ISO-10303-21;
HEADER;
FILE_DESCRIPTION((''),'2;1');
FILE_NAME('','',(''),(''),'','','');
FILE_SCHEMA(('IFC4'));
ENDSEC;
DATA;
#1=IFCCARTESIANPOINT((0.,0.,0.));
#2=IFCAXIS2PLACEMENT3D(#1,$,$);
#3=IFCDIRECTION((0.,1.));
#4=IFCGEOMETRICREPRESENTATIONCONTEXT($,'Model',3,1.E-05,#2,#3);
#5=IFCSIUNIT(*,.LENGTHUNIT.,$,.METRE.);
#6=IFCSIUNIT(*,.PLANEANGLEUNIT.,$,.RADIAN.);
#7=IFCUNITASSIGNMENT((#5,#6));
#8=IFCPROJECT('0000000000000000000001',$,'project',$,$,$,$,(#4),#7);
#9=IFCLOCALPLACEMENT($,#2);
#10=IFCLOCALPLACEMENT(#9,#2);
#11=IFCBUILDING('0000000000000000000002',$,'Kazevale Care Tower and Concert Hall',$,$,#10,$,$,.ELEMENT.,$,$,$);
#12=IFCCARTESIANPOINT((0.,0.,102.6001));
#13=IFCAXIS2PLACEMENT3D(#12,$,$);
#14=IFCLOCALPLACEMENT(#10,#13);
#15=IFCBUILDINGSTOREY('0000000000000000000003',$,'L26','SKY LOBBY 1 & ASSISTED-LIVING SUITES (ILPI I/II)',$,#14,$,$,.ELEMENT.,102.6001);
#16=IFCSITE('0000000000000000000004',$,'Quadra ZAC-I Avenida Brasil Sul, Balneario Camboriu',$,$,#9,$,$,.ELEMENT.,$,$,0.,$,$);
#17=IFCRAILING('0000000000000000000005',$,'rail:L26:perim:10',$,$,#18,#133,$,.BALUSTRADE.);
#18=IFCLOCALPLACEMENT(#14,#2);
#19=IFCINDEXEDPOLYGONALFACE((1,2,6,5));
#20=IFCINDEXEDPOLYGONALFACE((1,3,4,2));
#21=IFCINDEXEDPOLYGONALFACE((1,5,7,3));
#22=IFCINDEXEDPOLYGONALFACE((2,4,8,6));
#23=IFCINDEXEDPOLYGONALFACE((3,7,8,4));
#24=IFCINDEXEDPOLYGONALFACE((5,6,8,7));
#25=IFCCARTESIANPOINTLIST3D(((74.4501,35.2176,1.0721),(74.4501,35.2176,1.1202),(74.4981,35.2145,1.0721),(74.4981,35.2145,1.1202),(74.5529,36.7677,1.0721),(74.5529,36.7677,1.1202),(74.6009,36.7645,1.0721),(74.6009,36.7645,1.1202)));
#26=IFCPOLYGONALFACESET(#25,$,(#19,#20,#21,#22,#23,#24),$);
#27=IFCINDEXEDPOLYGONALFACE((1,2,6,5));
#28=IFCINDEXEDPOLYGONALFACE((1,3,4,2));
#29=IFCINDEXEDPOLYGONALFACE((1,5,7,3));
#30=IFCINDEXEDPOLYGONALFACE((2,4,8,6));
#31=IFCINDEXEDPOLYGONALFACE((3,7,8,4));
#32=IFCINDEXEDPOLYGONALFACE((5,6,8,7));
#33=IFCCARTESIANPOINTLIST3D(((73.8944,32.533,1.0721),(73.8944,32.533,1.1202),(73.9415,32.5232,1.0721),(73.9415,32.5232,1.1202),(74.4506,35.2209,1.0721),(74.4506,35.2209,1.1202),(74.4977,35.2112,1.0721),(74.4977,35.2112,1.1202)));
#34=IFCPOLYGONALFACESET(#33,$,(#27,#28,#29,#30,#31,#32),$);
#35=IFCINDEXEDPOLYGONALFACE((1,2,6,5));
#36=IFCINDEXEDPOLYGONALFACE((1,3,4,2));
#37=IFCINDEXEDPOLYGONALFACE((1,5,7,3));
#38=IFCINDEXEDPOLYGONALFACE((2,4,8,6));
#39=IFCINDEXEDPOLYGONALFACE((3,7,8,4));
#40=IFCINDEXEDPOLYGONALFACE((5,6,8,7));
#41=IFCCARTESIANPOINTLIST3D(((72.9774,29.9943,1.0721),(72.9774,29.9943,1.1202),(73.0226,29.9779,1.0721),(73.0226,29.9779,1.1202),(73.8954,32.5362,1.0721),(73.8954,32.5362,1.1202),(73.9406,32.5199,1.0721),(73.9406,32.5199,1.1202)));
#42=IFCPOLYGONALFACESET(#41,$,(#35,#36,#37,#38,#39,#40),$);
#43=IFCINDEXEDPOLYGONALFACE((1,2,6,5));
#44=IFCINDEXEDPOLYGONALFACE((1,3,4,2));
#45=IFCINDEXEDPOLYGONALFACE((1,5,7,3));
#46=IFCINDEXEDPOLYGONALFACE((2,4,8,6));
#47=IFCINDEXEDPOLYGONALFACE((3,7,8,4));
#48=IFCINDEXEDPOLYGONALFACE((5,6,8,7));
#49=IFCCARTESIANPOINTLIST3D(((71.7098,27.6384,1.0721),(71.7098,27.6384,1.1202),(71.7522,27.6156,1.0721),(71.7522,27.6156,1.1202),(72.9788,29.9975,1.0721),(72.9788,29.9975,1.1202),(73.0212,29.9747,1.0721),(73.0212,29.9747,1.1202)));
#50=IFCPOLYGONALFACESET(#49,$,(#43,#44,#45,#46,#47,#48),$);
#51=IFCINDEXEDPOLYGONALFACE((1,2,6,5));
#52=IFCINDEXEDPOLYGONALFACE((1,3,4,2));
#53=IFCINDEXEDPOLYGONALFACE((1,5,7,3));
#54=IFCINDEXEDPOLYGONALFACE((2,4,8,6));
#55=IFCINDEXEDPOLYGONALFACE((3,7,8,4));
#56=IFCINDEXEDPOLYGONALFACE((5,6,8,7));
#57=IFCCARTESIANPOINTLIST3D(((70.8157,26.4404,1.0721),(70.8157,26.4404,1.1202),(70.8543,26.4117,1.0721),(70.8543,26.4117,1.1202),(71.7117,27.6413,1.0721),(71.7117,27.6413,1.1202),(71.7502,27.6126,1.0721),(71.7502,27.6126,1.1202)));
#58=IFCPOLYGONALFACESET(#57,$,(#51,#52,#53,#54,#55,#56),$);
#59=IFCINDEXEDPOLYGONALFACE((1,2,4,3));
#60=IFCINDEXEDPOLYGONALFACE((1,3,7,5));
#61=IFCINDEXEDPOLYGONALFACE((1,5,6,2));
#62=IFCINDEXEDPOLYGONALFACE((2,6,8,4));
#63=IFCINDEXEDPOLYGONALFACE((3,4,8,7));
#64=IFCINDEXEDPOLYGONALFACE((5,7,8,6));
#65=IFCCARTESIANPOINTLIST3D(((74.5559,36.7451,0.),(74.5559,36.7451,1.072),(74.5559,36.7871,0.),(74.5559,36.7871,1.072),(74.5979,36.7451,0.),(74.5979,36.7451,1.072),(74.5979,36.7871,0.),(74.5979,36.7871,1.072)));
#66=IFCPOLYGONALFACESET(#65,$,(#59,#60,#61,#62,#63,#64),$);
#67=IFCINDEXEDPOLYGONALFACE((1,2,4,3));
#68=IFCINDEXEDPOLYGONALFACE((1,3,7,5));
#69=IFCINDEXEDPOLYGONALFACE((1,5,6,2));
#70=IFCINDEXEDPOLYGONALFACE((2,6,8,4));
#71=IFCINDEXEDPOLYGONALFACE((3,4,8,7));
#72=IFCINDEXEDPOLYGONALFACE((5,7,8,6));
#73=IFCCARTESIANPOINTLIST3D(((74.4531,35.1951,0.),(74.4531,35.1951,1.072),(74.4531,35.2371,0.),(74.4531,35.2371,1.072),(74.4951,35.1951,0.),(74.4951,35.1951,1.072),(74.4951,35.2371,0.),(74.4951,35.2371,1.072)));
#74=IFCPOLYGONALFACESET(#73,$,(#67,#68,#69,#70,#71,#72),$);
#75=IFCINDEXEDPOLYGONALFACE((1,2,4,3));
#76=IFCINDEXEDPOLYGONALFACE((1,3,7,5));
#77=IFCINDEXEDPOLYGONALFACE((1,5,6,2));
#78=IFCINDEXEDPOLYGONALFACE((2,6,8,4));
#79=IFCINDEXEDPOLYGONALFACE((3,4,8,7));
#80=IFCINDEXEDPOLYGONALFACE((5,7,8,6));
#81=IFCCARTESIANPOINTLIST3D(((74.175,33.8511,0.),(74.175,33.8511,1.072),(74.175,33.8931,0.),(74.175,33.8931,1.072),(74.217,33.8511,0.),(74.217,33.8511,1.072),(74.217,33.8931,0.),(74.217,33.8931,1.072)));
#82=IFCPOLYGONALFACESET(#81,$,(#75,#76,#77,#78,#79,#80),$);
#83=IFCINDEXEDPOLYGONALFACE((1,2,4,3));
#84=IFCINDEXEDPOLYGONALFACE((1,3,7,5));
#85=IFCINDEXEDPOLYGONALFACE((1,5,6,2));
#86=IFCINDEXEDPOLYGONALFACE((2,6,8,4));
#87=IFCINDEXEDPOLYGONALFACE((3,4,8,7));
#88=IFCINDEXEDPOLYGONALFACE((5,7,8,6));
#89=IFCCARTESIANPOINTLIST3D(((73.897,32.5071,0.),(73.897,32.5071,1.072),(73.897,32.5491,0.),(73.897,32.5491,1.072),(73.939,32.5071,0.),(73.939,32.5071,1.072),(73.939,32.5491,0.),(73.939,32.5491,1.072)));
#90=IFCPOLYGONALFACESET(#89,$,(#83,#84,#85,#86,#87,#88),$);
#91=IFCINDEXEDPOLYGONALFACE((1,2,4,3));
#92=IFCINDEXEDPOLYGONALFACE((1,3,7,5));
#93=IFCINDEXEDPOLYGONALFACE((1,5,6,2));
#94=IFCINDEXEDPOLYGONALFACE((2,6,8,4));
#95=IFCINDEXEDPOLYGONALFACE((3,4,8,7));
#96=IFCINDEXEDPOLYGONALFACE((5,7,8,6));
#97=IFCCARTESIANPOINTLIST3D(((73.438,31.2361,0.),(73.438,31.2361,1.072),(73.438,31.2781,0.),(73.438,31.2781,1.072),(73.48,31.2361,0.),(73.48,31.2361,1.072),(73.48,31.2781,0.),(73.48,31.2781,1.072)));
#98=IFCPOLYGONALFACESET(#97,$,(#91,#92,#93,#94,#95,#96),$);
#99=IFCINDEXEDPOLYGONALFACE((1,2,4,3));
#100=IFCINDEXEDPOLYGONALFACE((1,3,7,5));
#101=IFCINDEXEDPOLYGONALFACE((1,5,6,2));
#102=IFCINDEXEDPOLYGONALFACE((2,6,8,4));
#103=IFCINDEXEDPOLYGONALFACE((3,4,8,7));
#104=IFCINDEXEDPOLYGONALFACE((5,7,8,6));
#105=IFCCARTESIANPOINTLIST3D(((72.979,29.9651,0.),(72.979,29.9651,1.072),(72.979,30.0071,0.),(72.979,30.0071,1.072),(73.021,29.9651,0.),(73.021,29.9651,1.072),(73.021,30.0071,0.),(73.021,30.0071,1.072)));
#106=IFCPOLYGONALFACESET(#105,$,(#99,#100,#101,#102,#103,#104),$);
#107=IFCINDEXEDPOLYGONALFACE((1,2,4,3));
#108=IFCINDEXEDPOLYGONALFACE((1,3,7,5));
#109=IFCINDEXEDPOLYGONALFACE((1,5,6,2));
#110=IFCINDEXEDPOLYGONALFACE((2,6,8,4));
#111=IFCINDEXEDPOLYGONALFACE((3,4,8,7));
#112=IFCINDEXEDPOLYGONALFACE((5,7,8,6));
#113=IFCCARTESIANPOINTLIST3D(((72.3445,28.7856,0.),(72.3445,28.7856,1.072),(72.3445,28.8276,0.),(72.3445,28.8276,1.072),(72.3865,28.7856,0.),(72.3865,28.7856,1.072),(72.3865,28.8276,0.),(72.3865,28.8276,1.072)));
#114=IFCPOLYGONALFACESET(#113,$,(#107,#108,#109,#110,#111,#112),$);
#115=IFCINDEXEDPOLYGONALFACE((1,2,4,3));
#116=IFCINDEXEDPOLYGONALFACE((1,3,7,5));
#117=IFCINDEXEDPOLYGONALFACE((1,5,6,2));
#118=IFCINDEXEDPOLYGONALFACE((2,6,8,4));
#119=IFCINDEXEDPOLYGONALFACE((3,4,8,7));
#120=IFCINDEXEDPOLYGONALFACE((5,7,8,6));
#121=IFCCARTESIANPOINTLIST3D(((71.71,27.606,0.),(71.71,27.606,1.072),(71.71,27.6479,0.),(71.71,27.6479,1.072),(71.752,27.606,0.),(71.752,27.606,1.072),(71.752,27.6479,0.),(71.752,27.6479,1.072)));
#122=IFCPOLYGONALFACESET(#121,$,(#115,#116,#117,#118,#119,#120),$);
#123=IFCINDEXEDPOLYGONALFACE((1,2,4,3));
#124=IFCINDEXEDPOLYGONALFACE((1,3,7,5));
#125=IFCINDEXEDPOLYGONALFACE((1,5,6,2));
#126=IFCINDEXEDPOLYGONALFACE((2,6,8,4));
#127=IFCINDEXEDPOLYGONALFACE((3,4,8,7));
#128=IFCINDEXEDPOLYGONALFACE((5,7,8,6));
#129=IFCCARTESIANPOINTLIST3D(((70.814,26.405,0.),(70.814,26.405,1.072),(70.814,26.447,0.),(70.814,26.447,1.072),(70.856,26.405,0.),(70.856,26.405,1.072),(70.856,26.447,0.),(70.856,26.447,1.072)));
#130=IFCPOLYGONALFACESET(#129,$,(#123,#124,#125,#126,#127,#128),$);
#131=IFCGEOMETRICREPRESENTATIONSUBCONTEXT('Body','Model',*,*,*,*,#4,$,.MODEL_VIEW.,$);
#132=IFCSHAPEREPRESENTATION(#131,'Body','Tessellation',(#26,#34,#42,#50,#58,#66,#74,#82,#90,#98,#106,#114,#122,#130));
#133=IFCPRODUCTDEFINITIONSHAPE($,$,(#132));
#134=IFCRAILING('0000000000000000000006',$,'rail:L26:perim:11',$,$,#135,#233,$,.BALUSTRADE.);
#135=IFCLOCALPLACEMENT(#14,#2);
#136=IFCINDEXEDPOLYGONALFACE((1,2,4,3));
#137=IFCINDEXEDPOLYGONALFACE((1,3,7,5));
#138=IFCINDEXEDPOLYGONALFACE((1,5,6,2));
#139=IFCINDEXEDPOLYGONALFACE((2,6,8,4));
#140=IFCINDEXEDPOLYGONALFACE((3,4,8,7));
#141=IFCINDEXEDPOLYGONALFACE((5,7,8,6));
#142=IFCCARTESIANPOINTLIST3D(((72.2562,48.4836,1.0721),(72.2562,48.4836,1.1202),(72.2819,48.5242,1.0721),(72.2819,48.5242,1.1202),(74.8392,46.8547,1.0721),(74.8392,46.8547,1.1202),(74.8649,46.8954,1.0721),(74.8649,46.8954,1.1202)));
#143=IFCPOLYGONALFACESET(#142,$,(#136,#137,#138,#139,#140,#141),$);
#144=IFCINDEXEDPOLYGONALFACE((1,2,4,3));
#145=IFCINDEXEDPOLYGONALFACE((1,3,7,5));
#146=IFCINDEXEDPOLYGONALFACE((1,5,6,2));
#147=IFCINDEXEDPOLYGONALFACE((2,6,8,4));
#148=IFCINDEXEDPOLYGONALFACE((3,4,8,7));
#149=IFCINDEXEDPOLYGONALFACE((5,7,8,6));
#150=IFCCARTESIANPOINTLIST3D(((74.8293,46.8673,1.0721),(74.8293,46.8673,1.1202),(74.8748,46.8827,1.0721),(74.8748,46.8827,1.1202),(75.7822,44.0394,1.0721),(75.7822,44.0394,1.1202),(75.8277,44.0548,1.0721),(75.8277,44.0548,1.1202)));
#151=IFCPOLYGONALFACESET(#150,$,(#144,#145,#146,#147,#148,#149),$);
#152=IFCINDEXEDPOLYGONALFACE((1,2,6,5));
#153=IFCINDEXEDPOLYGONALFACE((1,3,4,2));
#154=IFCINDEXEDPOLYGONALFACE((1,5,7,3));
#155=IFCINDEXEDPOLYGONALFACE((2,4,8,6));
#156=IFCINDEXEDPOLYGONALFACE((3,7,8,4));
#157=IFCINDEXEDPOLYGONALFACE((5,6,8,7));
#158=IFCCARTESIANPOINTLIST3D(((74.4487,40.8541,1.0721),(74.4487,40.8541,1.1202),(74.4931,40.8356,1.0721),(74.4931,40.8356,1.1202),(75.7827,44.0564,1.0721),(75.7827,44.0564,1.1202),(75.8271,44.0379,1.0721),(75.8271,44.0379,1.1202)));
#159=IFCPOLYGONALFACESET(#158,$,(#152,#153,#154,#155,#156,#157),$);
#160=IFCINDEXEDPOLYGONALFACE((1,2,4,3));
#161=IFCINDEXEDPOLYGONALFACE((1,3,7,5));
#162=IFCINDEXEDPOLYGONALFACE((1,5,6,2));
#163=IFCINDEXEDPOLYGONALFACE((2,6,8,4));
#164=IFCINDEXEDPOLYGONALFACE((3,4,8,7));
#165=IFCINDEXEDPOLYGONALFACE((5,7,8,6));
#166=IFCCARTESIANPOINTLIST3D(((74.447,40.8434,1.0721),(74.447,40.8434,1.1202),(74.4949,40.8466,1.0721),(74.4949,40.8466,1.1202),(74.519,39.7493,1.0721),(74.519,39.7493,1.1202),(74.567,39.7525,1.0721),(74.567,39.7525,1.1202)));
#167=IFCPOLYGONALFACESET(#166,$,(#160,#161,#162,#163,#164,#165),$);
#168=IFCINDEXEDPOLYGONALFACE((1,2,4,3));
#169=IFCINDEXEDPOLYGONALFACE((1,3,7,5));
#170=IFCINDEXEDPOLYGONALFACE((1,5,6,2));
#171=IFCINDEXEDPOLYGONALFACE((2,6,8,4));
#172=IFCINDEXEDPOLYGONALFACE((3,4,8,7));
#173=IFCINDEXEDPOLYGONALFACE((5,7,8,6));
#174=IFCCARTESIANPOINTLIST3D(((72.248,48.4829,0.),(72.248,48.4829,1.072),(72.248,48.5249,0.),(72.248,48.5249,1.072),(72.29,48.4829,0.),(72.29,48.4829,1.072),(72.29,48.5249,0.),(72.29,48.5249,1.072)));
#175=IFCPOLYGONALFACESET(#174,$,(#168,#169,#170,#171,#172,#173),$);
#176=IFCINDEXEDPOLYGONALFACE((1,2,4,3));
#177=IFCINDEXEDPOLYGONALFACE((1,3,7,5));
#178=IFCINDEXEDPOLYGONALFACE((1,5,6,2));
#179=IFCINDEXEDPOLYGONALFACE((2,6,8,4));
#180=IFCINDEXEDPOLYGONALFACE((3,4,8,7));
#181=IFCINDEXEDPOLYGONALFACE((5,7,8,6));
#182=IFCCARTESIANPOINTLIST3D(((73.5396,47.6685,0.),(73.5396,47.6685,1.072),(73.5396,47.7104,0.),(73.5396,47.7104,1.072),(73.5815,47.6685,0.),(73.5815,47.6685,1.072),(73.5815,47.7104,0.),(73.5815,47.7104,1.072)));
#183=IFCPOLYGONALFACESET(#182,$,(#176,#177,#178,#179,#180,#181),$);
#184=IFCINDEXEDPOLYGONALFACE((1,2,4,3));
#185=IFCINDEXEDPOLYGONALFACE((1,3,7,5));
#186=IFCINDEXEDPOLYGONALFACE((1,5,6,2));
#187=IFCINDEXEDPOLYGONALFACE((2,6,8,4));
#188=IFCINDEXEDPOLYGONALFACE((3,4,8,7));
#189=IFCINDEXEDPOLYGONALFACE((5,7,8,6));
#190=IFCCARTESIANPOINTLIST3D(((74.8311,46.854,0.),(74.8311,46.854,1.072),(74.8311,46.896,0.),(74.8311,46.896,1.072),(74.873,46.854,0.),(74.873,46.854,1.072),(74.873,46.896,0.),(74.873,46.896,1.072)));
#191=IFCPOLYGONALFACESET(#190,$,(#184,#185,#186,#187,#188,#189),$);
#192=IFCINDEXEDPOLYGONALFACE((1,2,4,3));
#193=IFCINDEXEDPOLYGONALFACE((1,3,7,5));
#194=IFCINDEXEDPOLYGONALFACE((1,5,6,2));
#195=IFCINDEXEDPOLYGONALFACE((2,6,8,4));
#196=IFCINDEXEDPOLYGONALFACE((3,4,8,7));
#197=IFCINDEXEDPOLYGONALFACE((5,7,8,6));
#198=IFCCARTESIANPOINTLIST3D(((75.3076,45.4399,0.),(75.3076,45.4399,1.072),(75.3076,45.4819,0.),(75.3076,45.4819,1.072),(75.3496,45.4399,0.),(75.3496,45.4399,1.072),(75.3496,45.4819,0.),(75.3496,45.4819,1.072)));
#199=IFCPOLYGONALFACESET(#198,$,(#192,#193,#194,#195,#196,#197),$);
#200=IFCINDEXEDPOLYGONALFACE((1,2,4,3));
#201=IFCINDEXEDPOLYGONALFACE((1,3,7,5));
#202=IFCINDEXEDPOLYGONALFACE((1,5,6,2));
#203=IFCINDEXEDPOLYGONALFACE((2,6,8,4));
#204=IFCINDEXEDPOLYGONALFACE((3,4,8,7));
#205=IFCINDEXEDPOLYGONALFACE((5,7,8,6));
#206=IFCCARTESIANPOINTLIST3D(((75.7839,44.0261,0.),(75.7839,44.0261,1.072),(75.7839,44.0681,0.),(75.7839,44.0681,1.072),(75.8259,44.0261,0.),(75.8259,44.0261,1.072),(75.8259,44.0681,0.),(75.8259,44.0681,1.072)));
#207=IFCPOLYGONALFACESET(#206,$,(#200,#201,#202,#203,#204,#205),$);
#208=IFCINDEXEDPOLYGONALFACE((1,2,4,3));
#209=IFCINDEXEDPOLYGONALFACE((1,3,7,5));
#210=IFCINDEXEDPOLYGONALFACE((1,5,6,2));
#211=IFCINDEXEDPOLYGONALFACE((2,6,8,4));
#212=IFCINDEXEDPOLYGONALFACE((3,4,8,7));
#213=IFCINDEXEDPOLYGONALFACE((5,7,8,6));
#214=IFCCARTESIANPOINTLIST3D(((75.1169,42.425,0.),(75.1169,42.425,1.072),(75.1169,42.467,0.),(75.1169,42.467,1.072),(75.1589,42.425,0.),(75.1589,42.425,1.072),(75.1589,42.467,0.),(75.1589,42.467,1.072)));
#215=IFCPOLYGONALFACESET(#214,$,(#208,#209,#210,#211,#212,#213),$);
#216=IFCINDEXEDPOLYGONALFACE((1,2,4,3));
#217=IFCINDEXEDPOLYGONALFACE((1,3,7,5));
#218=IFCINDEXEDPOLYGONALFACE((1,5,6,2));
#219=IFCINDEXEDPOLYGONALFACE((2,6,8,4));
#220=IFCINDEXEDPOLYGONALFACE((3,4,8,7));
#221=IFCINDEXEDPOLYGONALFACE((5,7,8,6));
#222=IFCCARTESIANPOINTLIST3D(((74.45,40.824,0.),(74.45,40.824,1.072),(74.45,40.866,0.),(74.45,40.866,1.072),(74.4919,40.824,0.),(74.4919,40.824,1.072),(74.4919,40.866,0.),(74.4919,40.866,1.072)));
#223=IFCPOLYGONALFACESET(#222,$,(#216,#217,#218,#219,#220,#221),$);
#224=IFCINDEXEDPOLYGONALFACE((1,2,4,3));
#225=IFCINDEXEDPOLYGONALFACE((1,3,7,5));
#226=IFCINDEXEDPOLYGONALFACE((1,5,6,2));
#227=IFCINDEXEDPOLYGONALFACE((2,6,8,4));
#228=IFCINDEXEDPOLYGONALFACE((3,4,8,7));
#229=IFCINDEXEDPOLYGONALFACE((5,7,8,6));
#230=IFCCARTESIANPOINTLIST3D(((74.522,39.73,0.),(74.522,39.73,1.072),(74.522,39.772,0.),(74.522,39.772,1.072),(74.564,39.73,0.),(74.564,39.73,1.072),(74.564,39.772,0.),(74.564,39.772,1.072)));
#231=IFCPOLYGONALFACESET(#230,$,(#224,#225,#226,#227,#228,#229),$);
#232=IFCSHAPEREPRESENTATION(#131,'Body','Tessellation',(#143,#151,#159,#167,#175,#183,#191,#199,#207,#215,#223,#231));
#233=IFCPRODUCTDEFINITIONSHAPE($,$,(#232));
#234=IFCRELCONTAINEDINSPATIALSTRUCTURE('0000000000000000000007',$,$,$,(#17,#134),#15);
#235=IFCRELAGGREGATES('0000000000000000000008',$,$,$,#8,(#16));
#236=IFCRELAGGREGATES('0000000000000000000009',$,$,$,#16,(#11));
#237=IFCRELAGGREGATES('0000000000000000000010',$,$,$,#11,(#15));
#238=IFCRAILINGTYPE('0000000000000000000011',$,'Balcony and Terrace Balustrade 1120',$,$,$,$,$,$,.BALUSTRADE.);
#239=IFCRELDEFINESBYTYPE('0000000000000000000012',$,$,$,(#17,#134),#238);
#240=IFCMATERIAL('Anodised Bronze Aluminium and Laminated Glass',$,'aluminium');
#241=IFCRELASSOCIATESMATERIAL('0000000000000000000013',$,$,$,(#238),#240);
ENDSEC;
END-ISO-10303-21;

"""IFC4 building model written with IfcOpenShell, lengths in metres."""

from ifc_helpers import new_model, si_unit, direction, frame, origin, origin_2d, place, context, subcontext, project, spatial, rectangle, extrude, material, type_object, element, save


model = new_model("IFC4")

# Units and contexts
model_context = context("Model", 3, precision=1e-05, world=origin(), true_north=direction((0.0, 1.0)))
body_context = subcontext(model_context, "Body", "Model", "MODEL_VIEW")
ifc_project = project(units=[si_unit("LENGTHUNIT", "METRE"), si_unit("PLANEANGLEUNIT", "RADIAN")], contexts=[model_context])

# Site, building, storey
site_placement = place(None, origin())
site = spatial("IfcSite", under=ifc_project, at=site_placement, Name="Quadra ZAC-I Avenida Brasil Sul, Balneario Camboriu", CompositionType="ELEMENT", RefElevation=0.0)
building_placement = place(site_placement, origin())
building = spatial("IfcBuilding", under=site, at=building_placement, Name="Kazevale Care Tower and Concert Hall", CompositionType="ELEMENT")
storey_placement = place(building_placement, frame((0.0, 0.0, 102.6001)))
storey = spatial("IfcBuildingStorey", under=building, at=storey_placement, Name="L26", Description="SKY LOBBY 1 & ASSISTED-LIVING SUITES (ILPI I/II)", CompositionType="ELEMENT", Elevation=102.6001)

# Railings
ifc_material_1 = material(Name="Anodised Bronze Aluminium and Laminated Glass", Category="aluminium")
railing_type = type_object("IfcRailingType", Name="Balcony and Terrace Balustrade 1120", PredefinedType="BALUSTRADE", material=ifc_material_1)
railing_1_placement = place(storey_placement, frame((74.5769, 36.7661, 0.0)))
element("IfcRailing", 1, at=railing_1_placement, inside=storey, type_object=railing_type, Name="rail:L26:perim:10", PredefinedType="BALUSTRADE", context=body_context, shape_type="SweptSolid", body=[
    extrude(rectangle(XDim=0.0481, YDim=0.0481, at=origin_2d()), frame((0.0, 0.0, 1.0962), z_axis=(-0.066164, -0.997809, 0.0), x_axis=(0.997809, -0.066164, 0.0)), (0.0, 0.0, 1.0), 1.5535),
    extrude(rectangle(XDim=0.0481, YDim=0.0481, at=origin_2d()), frame((-0.1028, -1.55, 1.0962), z_axis=(-0.202611, -0.979259, 0.0), x_axis=(0.979259, -0.202611, 0.0)), (0.0, 0.0, 1.0), 2.7449),
    extrude(rectangle(XDim=0.0481, YDim=0.0481, at=origin_2d()), frame((-0.6589, -4.238, 1.0962), z_axis=(-0.339653, -0.940551, 0.0), x_axis=(0.940551, -0.339653, 0.0)), (0.0, 0.0, 1.0), 2.7026),
    extrude(rectangle(XDim=0.0481, YDim=0.0481, at=origin_2d()), frame((-1.5769, -6.78, 1.0962), z_axis=(-0.473736, -0.880667, 0.0), x_axis=(0.880667, -0.473736, 0.0)), (0.0, 0.0, 1.0), 2.6787),
    extrude(rectangle(XDim=0.0481, YDim=0.0481, at=origin_2d()), frame((-2.8459, -9.1392, 1.0962), z_axis=(-0.597991, -0.801503, 0.0), x_axis=(0.801503, -0.597991, 0.0)), (0.0, 0.0, 1.0), 1.4983),
    extrude(rectangle(XDim=0.042, YDim=0.042, at=origin_2d()), origin(), (0.0, 0.0, 1.0), 1.072),
    extrude(rectangle(XDim=0.042, YDim=0.042, at=origin_2d()), frame((-0.1028, -1.55, 0.0)), (0.0, 0.0, 1.0), 1.072),
    extrude(rectangle(XDim=0.042, YDim=0.042, at=origin_2d()), frame((-0.3809, -2.894, 0.0)), (0.0, 0.0, 1.0), 1.072),
    extrude(rectangle(XDim=0.042, YDim=0.042, at=origin_2d()), frame((-0.6589, -4.238, 0.0)), (0.0, 0.0, 1.0), 1.072),
    extrude(rectangle(XDim=0.042, YDim=0.042, at=origin_2d()), frame((-1.1179, -5.509, 0.0)), (0.0, 0.0, 1.0), 1.072),
    extrude(rectangle(XDim=0.042, YDim=0.042, at=origin_2d()), frame((-1.5769, -6.78, 0.0)), (0.0, 0.0, 1.0), 1.072),
    extrude(rectangle(XDim=0.042, YDim=0.042, at=origin_2d()), frame((-2.2114, -7.9595, 0.0)), (0.0, 0.0, 1.0), 1.072),
    extrude(rectangle(XDim=0.042, YDim=0.042, at=origin_2d()), frame((-2.8459, -9.1392, 0.0)), (0.0, 0.0, 1.0), 1.072),
    extrude(rectangle(XDim=0.042, YDim=0.042, at=origin_2d()), frame((-3.7419, -10.3401, 0.0)), (0.0, 0.0, 1.0), 1.072),
])
railing_2_placement = place(storey_placement, frame((72.269, 48.5039, 0.0)))
element("IfcRailing", 2, at=railing_2_placement, inside=storey, type_object=railing_type, Name="rail:L26:perim:11", PredefinedType="BALUSTRADE", context=body_context, shape_type="SweptSolid", body=[
    extrude(rectangle(XDim=0.0481, YDim=0.0481, at=origin_2d()), frame((0.0, 0.0, 1.0962), z_axis=(0.845853, -0.533415, 0.0), x_axis=(0.533415, 0.845853, 0.0)), (0.0, 0.0, 1.0), 3.0537),
    extrude(rectangle(XDim=0.0481, YDim=0.0481, at=origin_2d()), frame((2.583, -1.6289, 1.0962), z_axis=(0.319319, -0.947647, 0.0), x_axis=(0.947647, 0.319319, 0.0)), (0.0, 0.0, 1.0), 2.9841),
    extrude(rectangle(XDim=0.0481, YDim=0.0481, at=origin_2d()), frame((3.5359, -4.4568, 1.0962), z_axis=(-0.384555, -0.923102, 0.0), x_axis=(0.923102, -0.384555, 0.0)), (0.0, 0.0, 1.0), 3.469),
    extrude(rectangle(XDim=0.0481, YDim=0.0481, at=origin_2d()), frame((2.2019, -7.6589, 1.0962), z_axis=(0.065691, -0.99784, 0.0), x_axis=(0.99784, 0.065691, 0.0)), (0.0, 0.0, 1.0), 1.0964),
    extrude(rectangle(XDim=0.042, YDim=0.042, at=origin_2d()), origin(), (0.0, 0.0, 1.0), 1.072),
    extrude(rectangle(XDim=0.042, YDim=0.042, at=origin_2d()), frame((1.2915, -0.8145, 0.0)), (0.0, 0.0, 1.0), 1.072),
    extrude(rectangle(XDim=0.042, YDim=0.042, at=origin_2d()), frame((2.583, -1.6289, 0.0)), (0.0, 0.0, 1.0), 1.072),
    extrude(rectangle(XDim=0.042, YDim=0.042, at=origin_2d()), frame((3.0596, -3.043, 0.0)), (0.0, 0.0, 1.0), 1.072),
    extrude(rectangle(XDim=0.042, YDim=0.042, at=origin_2d()), frame((3.5359, -4.4568, 0.0)), (0.0, 0.0, 1.0), 1.072),
    extrude(rectangle(XDim=0.042, YDim=0.042, at=origin_2d()), frame((2.8689, -6.0579, 0.0)), (0.0, 0.0, 1.0), 1.072),
    extrude(rectangle(XDim=0.042, YDim=0.042, at=origin_2d()), frame((2.2019, -7.6589, 0.0)), (0.0, 0.0, 1.0), 1.072),
    extrude(rectangle(XDim=0.042, YDim=0.042, at=origin_2d()), frame((2.2739, -8.7529, 0.0)), (0.0, 0.0, 1.0), 1.072),
])

save(model, "model.ifc")
